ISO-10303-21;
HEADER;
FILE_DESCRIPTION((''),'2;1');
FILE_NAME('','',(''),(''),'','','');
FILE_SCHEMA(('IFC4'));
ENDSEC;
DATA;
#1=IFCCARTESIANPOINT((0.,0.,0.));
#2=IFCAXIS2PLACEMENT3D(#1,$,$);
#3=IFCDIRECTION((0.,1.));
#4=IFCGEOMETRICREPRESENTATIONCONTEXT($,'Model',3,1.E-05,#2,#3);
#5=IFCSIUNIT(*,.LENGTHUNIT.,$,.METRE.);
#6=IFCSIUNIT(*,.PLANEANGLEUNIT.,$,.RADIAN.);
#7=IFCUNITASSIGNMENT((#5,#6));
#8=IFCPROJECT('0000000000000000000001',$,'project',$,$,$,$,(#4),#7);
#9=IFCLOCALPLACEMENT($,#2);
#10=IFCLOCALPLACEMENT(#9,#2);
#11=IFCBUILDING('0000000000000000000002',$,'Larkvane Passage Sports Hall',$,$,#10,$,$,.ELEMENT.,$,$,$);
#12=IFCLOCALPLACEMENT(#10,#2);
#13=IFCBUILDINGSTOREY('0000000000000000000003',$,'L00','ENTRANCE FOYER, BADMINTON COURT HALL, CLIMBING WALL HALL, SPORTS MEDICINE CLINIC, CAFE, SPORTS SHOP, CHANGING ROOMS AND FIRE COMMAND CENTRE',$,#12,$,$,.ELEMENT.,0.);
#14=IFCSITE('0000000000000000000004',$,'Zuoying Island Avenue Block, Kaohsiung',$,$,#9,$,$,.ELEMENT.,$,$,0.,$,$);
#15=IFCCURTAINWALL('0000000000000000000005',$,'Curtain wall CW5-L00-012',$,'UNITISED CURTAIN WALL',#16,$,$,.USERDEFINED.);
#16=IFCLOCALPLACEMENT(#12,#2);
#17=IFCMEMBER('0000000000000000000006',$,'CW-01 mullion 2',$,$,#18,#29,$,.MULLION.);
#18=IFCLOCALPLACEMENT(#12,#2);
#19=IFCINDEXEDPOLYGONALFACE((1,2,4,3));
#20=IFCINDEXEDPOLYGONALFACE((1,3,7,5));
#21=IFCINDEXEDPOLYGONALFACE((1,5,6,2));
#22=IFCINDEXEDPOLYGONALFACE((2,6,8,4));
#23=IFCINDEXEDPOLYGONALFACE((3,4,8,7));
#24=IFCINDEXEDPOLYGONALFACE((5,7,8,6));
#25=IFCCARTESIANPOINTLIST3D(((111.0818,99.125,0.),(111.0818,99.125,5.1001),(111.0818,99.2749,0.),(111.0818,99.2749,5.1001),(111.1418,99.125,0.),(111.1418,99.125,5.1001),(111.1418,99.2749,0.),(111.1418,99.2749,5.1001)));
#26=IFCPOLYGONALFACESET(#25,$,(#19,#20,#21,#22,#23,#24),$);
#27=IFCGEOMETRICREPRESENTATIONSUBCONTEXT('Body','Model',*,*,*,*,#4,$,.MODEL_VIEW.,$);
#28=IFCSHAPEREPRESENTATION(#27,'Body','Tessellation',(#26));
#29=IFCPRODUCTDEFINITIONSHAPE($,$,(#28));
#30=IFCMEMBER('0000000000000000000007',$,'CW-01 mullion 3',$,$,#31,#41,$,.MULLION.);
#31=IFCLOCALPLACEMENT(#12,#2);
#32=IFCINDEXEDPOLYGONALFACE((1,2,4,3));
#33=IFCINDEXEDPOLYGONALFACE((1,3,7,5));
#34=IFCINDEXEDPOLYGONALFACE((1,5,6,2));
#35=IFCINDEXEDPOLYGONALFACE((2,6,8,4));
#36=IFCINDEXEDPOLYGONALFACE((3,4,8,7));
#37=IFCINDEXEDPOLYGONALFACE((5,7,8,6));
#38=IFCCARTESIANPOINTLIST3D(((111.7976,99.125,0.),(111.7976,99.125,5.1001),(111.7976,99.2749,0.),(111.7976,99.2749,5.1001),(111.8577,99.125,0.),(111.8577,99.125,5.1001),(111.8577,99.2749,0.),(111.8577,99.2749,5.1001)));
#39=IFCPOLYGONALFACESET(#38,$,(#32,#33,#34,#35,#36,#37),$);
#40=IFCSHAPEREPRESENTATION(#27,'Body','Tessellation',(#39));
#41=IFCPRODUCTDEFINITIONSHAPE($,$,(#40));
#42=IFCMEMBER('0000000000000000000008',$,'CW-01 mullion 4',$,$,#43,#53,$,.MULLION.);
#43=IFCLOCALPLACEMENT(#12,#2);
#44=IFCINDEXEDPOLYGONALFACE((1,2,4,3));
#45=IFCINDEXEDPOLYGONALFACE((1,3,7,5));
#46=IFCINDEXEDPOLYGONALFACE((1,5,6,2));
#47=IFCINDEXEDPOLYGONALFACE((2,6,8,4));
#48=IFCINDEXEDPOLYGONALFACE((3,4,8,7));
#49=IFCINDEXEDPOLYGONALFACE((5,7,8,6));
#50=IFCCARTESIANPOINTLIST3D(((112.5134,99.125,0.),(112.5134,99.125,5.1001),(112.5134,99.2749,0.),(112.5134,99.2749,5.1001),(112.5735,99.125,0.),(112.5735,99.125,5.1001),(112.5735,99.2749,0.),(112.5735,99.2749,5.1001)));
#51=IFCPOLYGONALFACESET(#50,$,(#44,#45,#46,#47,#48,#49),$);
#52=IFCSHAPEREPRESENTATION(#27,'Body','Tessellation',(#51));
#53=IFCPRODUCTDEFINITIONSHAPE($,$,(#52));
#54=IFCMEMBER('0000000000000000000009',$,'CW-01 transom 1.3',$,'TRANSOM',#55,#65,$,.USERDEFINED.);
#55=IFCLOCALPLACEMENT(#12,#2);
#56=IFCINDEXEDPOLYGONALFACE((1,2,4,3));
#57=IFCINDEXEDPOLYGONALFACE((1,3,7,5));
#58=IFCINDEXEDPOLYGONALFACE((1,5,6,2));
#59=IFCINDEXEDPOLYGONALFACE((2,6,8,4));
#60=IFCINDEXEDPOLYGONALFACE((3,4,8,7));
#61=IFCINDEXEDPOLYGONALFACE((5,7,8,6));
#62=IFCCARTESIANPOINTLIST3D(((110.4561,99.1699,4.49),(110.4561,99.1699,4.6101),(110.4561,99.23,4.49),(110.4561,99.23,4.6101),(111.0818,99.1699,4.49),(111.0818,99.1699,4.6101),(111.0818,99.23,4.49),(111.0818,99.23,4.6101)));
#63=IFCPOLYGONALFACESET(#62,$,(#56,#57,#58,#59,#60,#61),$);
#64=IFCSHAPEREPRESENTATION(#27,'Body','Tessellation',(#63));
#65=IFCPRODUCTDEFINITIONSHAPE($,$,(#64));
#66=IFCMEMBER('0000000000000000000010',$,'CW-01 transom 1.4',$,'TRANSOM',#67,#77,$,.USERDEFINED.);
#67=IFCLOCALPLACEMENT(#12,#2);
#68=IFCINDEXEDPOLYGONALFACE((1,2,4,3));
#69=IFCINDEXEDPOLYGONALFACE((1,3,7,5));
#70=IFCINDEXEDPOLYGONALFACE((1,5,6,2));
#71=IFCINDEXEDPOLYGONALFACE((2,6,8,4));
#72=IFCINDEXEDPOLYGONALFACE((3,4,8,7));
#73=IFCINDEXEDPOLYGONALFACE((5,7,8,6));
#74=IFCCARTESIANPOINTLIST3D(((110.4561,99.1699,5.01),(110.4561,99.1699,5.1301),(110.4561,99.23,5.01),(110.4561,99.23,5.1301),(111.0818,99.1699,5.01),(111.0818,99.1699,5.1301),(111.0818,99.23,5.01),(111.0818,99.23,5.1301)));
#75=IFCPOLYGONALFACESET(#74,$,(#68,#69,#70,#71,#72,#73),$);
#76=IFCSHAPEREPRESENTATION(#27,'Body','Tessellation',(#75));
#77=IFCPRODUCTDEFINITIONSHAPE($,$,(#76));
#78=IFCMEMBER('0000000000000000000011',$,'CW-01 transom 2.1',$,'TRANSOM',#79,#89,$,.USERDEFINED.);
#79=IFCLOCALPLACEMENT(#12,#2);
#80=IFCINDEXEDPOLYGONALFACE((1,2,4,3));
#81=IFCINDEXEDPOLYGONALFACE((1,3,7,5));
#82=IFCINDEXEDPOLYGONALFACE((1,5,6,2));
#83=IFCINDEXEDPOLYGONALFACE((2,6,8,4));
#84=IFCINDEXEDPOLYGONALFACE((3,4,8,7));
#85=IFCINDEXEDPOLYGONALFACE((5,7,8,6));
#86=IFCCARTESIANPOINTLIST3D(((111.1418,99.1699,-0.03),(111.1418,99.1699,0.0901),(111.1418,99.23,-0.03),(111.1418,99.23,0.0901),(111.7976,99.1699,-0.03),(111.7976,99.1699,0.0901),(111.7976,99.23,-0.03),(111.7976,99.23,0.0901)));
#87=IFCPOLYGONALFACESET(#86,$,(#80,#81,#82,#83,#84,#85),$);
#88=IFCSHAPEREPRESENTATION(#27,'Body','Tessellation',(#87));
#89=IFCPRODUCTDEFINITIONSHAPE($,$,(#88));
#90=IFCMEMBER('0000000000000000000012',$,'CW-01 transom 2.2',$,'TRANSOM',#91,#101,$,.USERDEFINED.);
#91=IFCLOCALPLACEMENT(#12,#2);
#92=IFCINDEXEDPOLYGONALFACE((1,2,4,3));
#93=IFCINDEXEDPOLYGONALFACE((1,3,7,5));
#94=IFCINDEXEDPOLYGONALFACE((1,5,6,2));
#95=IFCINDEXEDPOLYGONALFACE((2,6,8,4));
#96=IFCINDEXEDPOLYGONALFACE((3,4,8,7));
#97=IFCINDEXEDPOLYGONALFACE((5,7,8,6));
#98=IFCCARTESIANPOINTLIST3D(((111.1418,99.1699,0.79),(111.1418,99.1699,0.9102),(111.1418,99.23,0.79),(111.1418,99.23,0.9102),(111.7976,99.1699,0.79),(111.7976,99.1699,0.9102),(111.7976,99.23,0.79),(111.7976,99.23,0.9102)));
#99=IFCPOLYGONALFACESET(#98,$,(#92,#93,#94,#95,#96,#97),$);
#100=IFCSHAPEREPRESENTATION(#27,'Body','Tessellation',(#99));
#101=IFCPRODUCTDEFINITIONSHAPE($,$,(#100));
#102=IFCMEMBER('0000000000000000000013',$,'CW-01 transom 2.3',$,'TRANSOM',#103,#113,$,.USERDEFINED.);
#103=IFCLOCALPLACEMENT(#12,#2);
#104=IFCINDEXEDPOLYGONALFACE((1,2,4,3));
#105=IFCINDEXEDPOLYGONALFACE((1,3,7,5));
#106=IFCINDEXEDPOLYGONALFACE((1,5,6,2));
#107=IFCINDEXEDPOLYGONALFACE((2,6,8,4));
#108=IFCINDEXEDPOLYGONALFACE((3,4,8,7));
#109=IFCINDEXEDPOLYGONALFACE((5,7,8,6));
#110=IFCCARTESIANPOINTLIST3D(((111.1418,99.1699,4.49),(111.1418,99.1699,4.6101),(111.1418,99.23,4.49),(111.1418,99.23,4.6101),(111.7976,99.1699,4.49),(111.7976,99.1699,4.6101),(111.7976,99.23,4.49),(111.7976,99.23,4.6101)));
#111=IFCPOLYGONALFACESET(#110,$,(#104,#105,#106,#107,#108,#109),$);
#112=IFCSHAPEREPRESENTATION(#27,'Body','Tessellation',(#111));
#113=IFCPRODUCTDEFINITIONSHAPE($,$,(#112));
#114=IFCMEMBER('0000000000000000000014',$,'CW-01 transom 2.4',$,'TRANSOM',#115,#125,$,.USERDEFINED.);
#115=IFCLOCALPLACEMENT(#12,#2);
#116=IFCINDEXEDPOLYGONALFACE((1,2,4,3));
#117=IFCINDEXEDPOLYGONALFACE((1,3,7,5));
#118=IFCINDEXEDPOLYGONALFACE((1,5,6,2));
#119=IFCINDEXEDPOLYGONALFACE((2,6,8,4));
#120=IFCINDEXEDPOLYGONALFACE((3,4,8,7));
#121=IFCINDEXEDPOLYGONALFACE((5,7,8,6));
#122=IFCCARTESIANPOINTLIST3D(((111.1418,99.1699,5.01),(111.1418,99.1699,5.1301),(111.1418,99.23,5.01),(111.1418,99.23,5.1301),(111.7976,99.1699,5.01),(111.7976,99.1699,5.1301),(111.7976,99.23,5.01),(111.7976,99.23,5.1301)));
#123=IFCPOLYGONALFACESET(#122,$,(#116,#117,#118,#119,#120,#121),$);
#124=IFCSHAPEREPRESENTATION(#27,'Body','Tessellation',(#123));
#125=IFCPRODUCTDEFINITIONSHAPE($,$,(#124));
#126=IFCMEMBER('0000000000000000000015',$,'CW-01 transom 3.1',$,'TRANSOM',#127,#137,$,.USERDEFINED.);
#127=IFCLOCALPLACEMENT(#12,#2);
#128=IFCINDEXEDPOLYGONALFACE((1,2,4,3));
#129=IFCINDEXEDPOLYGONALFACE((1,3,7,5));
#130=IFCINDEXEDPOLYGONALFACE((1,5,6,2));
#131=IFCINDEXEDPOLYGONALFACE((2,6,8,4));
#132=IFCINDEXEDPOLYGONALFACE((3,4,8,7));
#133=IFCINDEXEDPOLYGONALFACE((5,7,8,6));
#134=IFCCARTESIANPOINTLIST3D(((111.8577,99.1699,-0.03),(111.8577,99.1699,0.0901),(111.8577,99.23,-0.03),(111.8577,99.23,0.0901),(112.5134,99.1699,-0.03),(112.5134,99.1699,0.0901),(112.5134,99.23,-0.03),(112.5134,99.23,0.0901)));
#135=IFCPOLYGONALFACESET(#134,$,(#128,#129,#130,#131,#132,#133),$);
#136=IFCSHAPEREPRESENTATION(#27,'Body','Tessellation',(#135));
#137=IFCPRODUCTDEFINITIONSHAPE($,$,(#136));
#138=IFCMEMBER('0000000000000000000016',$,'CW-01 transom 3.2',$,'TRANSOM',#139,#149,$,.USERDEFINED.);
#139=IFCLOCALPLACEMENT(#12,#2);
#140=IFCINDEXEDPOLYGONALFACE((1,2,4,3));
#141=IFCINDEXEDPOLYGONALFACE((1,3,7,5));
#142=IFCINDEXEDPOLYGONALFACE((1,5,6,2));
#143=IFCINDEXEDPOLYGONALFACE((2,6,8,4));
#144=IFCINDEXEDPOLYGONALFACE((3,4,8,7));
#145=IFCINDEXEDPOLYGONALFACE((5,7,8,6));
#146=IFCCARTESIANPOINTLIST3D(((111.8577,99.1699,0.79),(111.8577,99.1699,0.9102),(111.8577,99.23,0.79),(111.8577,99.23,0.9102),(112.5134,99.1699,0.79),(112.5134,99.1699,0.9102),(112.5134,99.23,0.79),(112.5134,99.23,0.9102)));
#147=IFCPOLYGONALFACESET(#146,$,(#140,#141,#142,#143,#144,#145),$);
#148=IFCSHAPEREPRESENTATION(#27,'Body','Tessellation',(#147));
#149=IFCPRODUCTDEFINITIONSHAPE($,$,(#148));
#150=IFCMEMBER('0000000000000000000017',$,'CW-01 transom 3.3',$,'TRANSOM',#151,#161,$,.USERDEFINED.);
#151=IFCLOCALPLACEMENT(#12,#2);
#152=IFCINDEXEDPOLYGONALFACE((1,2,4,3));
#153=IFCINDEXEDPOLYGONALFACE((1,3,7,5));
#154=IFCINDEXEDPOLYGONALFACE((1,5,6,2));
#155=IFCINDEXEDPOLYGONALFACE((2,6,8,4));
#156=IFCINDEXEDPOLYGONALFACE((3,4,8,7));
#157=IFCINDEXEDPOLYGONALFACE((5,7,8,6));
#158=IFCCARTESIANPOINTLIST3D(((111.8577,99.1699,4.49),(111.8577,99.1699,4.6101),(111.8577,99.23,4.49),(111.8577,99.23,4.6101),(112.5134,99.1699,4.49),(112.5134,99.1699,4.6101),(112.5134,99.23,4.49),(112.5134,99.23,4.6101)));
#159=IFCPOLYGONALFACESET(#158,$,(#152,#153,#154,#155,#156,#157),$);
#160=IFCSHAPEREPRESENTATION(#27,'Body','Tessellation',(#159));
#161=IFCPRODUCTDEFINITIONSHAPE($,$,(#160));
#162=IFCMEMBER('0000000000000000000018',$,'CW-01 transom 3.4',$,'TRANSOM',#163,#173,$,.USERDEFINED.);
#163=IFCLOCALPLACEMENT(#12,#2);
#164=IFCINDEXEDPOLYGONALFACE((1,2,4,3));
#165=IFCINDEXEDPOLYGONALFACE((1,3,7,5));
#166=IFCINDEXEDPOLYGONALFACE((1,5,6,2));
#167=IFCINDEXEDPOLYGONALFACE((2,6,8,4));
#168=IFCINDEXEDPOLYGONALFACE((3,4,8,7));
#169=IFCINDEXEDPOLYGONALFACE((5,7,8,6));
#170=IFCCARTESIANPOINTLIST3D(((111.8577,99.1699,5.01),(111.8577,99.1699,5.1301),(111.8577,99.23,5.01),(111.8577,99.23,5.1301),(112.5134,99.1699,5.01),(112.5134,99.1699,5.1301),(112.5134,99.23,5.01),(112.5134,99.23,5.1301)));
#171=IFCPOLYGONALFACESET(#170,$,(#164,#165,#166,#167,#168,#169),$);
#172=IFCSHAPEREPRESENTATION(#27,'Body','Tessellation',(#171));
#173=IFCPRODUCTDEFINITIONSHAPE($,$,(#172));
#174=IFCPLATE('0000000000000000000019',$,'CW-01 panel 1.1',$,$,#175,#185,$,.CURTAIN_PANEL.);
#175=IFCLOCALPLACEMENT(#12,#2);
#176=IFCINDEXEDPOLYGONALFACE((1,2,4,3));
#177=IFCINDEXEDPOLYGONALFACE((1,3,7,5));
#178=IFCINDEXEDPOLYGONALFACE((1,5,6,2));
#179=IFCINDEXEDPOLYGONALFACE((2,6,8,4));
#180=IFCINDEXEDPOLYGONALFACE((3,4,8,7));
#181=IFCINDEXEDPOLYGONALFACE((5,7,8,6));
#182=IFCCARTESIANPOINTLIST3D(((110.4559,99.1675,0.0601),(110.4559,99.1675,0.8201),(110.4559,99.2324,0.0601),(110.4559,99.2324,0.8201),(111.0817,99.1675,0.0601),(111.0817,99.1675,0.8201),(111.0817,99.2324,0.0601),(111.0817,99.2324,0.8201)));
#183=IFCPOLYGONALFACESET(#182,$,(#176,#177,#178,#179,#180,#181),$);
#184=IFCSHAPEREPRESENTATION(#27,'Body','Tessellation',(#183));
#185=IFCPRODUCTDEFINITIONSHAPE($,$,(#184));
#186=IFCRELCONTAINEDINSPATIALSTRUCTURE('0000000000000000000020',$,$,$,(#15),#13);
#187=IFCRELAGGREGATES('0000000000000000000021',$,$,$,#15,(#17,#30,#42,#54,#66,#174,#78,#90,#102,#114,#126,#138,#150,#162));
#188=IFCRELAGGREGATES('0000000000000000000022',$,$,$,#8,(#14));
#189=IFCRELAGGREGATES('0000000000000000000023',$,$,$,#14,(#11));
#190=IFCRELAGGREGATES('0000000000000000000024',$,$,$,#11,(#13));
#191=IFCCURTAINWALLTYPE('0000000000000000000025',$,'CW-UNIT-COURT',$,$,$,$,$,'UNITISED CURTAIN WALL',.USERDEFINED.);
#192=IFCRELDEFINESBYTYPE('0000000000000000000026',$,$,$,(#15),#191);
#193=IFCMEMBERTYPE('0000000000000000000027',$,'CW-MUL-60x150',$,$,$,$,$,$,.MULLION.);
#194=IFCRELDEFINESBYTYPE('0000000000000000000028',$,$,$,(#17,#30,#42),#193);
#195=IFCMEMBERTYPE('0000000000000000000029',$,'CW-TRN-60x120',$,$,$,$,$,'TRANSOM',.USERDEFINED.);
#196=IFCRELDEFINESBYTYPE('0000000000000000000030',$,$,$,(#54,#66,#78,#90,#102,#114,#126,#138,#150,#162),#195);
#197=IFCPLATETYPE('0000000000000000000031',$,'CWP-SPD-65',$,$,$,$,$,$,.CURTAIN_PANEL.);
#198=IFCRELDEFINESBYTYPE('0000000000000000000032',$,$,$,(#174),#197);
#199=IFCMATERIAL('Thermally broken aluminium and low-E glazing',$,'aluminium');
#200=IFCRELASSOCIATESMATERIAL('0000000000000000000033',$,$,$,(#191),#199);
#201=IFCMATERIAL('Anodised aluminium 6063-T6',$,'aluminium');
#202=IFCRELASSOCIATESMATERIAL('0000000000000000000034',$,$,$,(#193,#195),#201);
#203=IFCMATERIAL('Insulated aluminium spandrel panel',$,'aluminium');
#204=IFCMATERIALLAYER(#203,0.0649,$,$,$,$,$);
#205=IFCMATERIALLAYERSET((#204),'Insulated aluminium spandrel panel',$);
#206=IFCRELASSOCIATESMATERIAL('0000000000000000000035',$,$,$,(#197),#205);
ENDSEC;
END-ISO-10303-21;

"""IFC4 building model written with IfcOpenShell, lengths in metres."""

from ifc_helpers import new_model, si_unit, direction, frame, origin, origin_2d, place, context, subcontext, project, spatial, rectangle, extrude, material, layer, layer_set, material_profile, profile_set, type_object, element, aggregate, save


model = new_model("IFC4")

# Units and contexts
model_context = context("Model", 3, precision=1e-05, world=origin(), true_north=direction((0.0, 1.0)))
body_context = subcontext(model_context, "Body", "Model", "MODEL_VIEW")
ifc_project = project(units=[si_unit("LENGTHUNIT", "METRE"), si_unit("PLANEANGLEUNIT", "RADIAN")], contexts=[model_context])

# Site, building, storey
site_placement = place(None, origin())
site = spatial("IfcSite", under=ifc_project, at=site_placement, Name="Zuoying Island Avenue Block, Kaohsiung", CompositionType="ELEMENT", RefElevation=0.0)
building_placement = place(site_placement, origin())
building = spatial("IfcBuilding", under=site, at=building_placement, Name="Larkvane Passage Sports Hall", CompositionType="ELEMENT")
storey_placement = place(building_placement, origin())
storey = spatial("IfcBuildingStorey", under=building, at=storey_placement, Name="L00", Description="ENTRANCE FOYER, BADMINTON COURT HALL, CLIMBING WALL HALL, SPORTS MEDICINE CLINIC, CAFE, SPORTS SHOP, CHANGING ROOMS AND FIRE COMMAND CENTRE", CompositionType="ELEMENT", Elevation=0.0)

# Curtain wall, members, plate
ifc_material_1 = material(Name="Thermally broken aluminium and low-E glazing", Category="aluminium")
curtain_wall_type = type_object("IfcCurtainWallType", Name="CW-UNIT-COURT", ElementType="UNITISED CURTAIN WALL", PredefinedType="USERDEFINED", material=ifc_material_1)
curtain_wall_placement = place(storey_placement, origin())
curtain_wall = element("IfcCurtainWall", 1, at=curtain_wall_placement, inside=storey, type_object=curtain_wall_type, Name="Curtain wall CW5-L00-012", ObjectType="UNITISED CURTAIN WALL", PredefinedType="USERDEFINED")
ifc_material_2 = material(Name="Anodised aluminium 6063-T6", Category="aluminium")
ifc_material_profile_1 = material_profile(ifc_material_2, rectangle(XDim=0.0601, YDim=0.1499, at=origin_2d()), Name="ALU-MUL-60x150")
ifc_profile_set_1 = profile_set([ifc_material_profile_1], Name="Anodised aluminium 6063-T6")
member_type_1 = type_object("IfcMemberType", Name="CW-MUL-60x150", PredefinedType="MULLION", material=ifc_profile_set_1)
member_1_placement = place(storey_placement, frame((111.1118, 99.2, 0.0), z_axis=(0.0, 0.0, 1.0), x_axis=(1.0, 0.0, 0.0)))
member_1 = element("IfcMember", 2, at=member_1_placement, type_object=member_type_1, Name="CW-01 mullion 2", PredefinedType="MULLION", context=body_context, shape_type="SweptSolid", body=[
    extrude(rectangle(XDim=0.0601, YDim=0.1499, at=origin_2d()), origin(), (0.0, 0.0, 1.0), 5.1001),
])
member_2_placement = place(storey_placement, frame((111.8276, 99.2, 0.0), z_axis=(0.0, 0.0, 1.0), x_axis=(1.0, 0.0, 0.0)))
member_2 = element("IfcMember", 3, at=member_2_placement, type_object=member_type_1, Name="CW-01 mullion 3", PredefinedType="MULLION", context=body_context, shape_type="SweptSolid", body=[
    extrude(rectangle(XDim=0.0601, YDim=0.1499, at=origin_2d()), origin(), (0.0, 0.0, 1.0), 5.1001),
])
member_3_placement = place(storey_placement, frame((112.5435, 99.2, 0.0), z_axis=(0.0, 0.0, 1.0), x_axis=(1.0, 0.0, 0.0)))
member_3 = element("IfcMember", 4, at=member_3_placement, type_object=member_type_1, Name="CW-01 mullion 4", PredefinedType="MULLION", context=body_context, shape_type="SweptSolid", body=[
    extrude(rectangle(XDim=0.0601, YDim=0.1499, at=origin_2d()), origin(), (0.0, 0.0, 1.0), 5.1001),
])
ifc_material_profile_2 = material_profile(ifc_material_2, rectangle(XDim=0.0601, YDim=0.1201, at=origin_2d()), Name="ALU-TRN-60x120")
ifc_profile_set_2 = profile_set([ifc_material_profile_2], Name="Anodised aluminium 6063-T6")
member_type_2 = type_object("IfcMemberType", Name="CW-TRN-60x120", ElementType="TRANSOM", PredefinedType="USERDEFINED", material=ifc_profile_set_2)
member_4_placement = place(storey_placement, frame((110.4561, 99.2, 4.55), z_axis=(1.0, 0.0, 0.0), x_axis=(0.0, 1.0, 0.0)))
member_4 = element("IfcMember", 5, at=member_4_placement, type_object=member_type_2, Name="CW-01 transom 1.3", ObjectType="TRANSOM", PredefinedType="USERDEFINED", context=body_context, shape_type="SweptSolid", body=[
    extrude(rectangle(XDim=0.0601, YDim=0.1201, at=origin_2d()), origin(), (0.0, 0.0, 1.0), 0.6257),
])
member_5_placement = place(storey_placement, frame((110.4561, 99.2, 5.0701), z_axis=(1.0, 0.0, 0.0), x_axis=(0.0, 1.0, 0.0)))
member_5 = element("IfcMember", 6, at=member_5_placement, type_object=member_type_2, Name="CW-01 transom 1.4", ObjectType="TRANSOM", PredefinedType="USERDEFINED", context=body_context, shape_type="SweptSolid", body=[
    extrude(rectangle(XDim=0.0601, YDim=0.1201, at=origin_2d()), origin(), (0.0, 0.0, 1.0), 0.6257),
])
member_6_placement = place(storey_placement, frame((111.1418, 99.2, 0.03), z_axis=(1.0, 0.0, 0.0), x_axis=(0.0, 1.0, 0.0)))
member_6 = element("IfcMember", 7, at=member_6_placement, type_object=member_type_2, Name="CW-01 transom 2.1", ObjectType="TRANSOM", PredefinedType="USERDEFINED", context=body_context, shape_type="SweptSolid", body=[
    extrude(rectangle(XDim=0.0601, YDim=0.1201, at=origin_2d()), origin(), (0.0, 0.0, 1.0), 0.6558),
])
member_7_placement = place(storey_placement, frame((111.1418, 99.2, 0.8501), z_axis=(1.0, 0.0, 0.0), x_axis=(0.0, 1.0, 0.0)))
member_7 = element("IfcMember", 8, at=member_7_placement, type_object=member_type_2, Name="CW-01 transom 2.2", ObjectType="TRANSOM", PredefinedType="USERDEFINED", context=body_context, shape_type="SweptSolid", body=[
    extrude(rectangle(XDim=0.0601, YDim=0.1201, at=origin_2d()), origin(), (0.0, 0.0, 1.0), 0.6558),
])
member_8_placement = place(storey_placement, frame((111.1418, 99.2, 4.55), z_axis=(1.0, 0.0, 0.0), x_axis=(0.0, 1.0, 0.0)))
member_8 = element("IfcMember", 9, at=member_8_placement, type_object=member_type_2, Name="CW-01 transom 2.3", ObjectType="TRANSOM", PredefinedType="USERDEFINED", context=body_context, shape_type="SweptSolid", body=[
    extrude(rectangle(XDim=0.0601, YDim=0.1201, at=origin_2d()), origin(), (0.0, 0.0, 1.0), 0.6558),
])
member_9_placement = place(storey_placement, frame((111.1418, 99.2, 5.0701), z_axis=(1.0, 0.0, 0.0), x_axis=(0.0, 1.0, 0.0)))
member_9 = element("IfcMember", 10, at=member_9_placement, type_object=member_type_2, Name="CW-01 transom 2.4", ObjectType="TRANSOM", PredefinedType="USERDEFINED", context=body_context, shape_type="SweptSolid", body=[
    extrude(rectangle(XDim=0.0601, YDim=0.1201, at=origin_2d()), origin(), (0.0, 0.0, 1.0), 0.6558),
])
member_10_placement = place(storey_placement, frame((111.8577, 99.2, 0.03), z_axis=(1.0, 0.0, 0.0), x_axis=(0.0, 1.0, 0.0)))
member_10 = element("IfcMember", 11, at=member_10_placement, type_object=member_type_2, Name="CW-01 transom 3.1", ObjectType="TRANSOM", PredefinedType="USERDEFINED", context=body_context, shape_type="SweptSolid", body=[
    extrude(rectangle(XDim=0.0601, YDim=0.1201, at=origin_2d()), origin(), (0.0, 0.0, 1.0), 0.6558),
])
member_11_placement = place(storey_placement, frame((111.8577, 99.2, 0.8501), z_axis=(1.0, 0.0, 0.0), x_axis=(0.0, 1.0, 0.0)))
member_11 = element("IfcMember", 12, at=member_11_placement, type_object=member_type_2, Name="CW-01 transom 3.2", ObjectType="TRANSOM", PredefinedType="USERDEFINED", context=body_context, shape_type="SweptSolid", body=[
    extrude(rectangle(XDim=0.0601, YDim=0.1201, at=origin_2d()), origin(), (0.0, 0.0, 1.0), 0.6558),
])
member_12_placement = place(storey_placement, frame((111.8577, 99.2, 4.55), z_axis=(1.0, 0.0, 0.0), x_axis=(0.0, 1.0, 0.0)))
member_12 = element("IfcMember", 13, at=member_12_placement, type_object=member_type_2, Name="CW-01 transom 3.3", ObjectType="TRANSOM", PredefinedType="USERDEFINED", context=body_context, shape_type="SweptSolid", body=[
    extrude(rectangle(XDim=0.0601, YDim=0.1201, at=origin_2d()), origin(), (0.0, 0.0, 1.0), 0.6558),
])
member_13_placement = place(storey_placement, frame((111.8577, 99.2, 5.0701), z_axis=(1.0, 0.0, 0.0), x_axis=(0.0, 1.0, 0.0)))
member_13 = element("IfcMember", 14, at=member_13_placement, type_object=member_type_2, Name="CW-01 transom 3.4", ObjectType="TRANSOM", PredefinedType="USERDEFINED", context=body_context, shape_type="SweptSolid", body=[
    extrude(rectangle(XDim=0.0601, YDim=0.1201, at=origin_2d()), origin(), (0.0, 0.0, 1.0), 0.6558),
])
ifc_material_3 = material(Name="Insulated aluminium spandrel panel", Category="aluminium")
ifc_layer_1 = layer(ifc_material_3, 0.0649)
ifc_layer_set_1 = layer_set([ifc_layer_1], Name="Insulated aluminium spandrel panel")
plate_type_1 = type_object("IfcPlateType", Name="CWP-SPD-65", PredefinedType="CURTAIN_PANEL", material=ifc_layer_set_1)
plate_1_placement = place(storey_placement, frame((110.7688, 99.2, 0.0601), z_axis=(0.0, 0.0, 1.0), x_axis=(1.0, 0.0, 0.0)))
plate_1 = element("IfcPlate", 15, at=plate_1_placement, type_object=plate_type_1, Name="CW-01 panel 1.1", PredefinedType="CURTAIN_PANEL", context=body_context, shape_type="SweptSolid", body=[
    extrude(rectangle(XDim=0.6257, YDim=0.0649, at=origin_2d()), origin(), (0.0, 0.0, 1.0), 0.76),
])
aggregate(curtain_wall, [member_1, member_2, member_3, member_4, member_5, plate_1, member_6, member_7, member_8, member_9, member_10, member_11, member_12, member_13])

save(model, "model.ifc")
